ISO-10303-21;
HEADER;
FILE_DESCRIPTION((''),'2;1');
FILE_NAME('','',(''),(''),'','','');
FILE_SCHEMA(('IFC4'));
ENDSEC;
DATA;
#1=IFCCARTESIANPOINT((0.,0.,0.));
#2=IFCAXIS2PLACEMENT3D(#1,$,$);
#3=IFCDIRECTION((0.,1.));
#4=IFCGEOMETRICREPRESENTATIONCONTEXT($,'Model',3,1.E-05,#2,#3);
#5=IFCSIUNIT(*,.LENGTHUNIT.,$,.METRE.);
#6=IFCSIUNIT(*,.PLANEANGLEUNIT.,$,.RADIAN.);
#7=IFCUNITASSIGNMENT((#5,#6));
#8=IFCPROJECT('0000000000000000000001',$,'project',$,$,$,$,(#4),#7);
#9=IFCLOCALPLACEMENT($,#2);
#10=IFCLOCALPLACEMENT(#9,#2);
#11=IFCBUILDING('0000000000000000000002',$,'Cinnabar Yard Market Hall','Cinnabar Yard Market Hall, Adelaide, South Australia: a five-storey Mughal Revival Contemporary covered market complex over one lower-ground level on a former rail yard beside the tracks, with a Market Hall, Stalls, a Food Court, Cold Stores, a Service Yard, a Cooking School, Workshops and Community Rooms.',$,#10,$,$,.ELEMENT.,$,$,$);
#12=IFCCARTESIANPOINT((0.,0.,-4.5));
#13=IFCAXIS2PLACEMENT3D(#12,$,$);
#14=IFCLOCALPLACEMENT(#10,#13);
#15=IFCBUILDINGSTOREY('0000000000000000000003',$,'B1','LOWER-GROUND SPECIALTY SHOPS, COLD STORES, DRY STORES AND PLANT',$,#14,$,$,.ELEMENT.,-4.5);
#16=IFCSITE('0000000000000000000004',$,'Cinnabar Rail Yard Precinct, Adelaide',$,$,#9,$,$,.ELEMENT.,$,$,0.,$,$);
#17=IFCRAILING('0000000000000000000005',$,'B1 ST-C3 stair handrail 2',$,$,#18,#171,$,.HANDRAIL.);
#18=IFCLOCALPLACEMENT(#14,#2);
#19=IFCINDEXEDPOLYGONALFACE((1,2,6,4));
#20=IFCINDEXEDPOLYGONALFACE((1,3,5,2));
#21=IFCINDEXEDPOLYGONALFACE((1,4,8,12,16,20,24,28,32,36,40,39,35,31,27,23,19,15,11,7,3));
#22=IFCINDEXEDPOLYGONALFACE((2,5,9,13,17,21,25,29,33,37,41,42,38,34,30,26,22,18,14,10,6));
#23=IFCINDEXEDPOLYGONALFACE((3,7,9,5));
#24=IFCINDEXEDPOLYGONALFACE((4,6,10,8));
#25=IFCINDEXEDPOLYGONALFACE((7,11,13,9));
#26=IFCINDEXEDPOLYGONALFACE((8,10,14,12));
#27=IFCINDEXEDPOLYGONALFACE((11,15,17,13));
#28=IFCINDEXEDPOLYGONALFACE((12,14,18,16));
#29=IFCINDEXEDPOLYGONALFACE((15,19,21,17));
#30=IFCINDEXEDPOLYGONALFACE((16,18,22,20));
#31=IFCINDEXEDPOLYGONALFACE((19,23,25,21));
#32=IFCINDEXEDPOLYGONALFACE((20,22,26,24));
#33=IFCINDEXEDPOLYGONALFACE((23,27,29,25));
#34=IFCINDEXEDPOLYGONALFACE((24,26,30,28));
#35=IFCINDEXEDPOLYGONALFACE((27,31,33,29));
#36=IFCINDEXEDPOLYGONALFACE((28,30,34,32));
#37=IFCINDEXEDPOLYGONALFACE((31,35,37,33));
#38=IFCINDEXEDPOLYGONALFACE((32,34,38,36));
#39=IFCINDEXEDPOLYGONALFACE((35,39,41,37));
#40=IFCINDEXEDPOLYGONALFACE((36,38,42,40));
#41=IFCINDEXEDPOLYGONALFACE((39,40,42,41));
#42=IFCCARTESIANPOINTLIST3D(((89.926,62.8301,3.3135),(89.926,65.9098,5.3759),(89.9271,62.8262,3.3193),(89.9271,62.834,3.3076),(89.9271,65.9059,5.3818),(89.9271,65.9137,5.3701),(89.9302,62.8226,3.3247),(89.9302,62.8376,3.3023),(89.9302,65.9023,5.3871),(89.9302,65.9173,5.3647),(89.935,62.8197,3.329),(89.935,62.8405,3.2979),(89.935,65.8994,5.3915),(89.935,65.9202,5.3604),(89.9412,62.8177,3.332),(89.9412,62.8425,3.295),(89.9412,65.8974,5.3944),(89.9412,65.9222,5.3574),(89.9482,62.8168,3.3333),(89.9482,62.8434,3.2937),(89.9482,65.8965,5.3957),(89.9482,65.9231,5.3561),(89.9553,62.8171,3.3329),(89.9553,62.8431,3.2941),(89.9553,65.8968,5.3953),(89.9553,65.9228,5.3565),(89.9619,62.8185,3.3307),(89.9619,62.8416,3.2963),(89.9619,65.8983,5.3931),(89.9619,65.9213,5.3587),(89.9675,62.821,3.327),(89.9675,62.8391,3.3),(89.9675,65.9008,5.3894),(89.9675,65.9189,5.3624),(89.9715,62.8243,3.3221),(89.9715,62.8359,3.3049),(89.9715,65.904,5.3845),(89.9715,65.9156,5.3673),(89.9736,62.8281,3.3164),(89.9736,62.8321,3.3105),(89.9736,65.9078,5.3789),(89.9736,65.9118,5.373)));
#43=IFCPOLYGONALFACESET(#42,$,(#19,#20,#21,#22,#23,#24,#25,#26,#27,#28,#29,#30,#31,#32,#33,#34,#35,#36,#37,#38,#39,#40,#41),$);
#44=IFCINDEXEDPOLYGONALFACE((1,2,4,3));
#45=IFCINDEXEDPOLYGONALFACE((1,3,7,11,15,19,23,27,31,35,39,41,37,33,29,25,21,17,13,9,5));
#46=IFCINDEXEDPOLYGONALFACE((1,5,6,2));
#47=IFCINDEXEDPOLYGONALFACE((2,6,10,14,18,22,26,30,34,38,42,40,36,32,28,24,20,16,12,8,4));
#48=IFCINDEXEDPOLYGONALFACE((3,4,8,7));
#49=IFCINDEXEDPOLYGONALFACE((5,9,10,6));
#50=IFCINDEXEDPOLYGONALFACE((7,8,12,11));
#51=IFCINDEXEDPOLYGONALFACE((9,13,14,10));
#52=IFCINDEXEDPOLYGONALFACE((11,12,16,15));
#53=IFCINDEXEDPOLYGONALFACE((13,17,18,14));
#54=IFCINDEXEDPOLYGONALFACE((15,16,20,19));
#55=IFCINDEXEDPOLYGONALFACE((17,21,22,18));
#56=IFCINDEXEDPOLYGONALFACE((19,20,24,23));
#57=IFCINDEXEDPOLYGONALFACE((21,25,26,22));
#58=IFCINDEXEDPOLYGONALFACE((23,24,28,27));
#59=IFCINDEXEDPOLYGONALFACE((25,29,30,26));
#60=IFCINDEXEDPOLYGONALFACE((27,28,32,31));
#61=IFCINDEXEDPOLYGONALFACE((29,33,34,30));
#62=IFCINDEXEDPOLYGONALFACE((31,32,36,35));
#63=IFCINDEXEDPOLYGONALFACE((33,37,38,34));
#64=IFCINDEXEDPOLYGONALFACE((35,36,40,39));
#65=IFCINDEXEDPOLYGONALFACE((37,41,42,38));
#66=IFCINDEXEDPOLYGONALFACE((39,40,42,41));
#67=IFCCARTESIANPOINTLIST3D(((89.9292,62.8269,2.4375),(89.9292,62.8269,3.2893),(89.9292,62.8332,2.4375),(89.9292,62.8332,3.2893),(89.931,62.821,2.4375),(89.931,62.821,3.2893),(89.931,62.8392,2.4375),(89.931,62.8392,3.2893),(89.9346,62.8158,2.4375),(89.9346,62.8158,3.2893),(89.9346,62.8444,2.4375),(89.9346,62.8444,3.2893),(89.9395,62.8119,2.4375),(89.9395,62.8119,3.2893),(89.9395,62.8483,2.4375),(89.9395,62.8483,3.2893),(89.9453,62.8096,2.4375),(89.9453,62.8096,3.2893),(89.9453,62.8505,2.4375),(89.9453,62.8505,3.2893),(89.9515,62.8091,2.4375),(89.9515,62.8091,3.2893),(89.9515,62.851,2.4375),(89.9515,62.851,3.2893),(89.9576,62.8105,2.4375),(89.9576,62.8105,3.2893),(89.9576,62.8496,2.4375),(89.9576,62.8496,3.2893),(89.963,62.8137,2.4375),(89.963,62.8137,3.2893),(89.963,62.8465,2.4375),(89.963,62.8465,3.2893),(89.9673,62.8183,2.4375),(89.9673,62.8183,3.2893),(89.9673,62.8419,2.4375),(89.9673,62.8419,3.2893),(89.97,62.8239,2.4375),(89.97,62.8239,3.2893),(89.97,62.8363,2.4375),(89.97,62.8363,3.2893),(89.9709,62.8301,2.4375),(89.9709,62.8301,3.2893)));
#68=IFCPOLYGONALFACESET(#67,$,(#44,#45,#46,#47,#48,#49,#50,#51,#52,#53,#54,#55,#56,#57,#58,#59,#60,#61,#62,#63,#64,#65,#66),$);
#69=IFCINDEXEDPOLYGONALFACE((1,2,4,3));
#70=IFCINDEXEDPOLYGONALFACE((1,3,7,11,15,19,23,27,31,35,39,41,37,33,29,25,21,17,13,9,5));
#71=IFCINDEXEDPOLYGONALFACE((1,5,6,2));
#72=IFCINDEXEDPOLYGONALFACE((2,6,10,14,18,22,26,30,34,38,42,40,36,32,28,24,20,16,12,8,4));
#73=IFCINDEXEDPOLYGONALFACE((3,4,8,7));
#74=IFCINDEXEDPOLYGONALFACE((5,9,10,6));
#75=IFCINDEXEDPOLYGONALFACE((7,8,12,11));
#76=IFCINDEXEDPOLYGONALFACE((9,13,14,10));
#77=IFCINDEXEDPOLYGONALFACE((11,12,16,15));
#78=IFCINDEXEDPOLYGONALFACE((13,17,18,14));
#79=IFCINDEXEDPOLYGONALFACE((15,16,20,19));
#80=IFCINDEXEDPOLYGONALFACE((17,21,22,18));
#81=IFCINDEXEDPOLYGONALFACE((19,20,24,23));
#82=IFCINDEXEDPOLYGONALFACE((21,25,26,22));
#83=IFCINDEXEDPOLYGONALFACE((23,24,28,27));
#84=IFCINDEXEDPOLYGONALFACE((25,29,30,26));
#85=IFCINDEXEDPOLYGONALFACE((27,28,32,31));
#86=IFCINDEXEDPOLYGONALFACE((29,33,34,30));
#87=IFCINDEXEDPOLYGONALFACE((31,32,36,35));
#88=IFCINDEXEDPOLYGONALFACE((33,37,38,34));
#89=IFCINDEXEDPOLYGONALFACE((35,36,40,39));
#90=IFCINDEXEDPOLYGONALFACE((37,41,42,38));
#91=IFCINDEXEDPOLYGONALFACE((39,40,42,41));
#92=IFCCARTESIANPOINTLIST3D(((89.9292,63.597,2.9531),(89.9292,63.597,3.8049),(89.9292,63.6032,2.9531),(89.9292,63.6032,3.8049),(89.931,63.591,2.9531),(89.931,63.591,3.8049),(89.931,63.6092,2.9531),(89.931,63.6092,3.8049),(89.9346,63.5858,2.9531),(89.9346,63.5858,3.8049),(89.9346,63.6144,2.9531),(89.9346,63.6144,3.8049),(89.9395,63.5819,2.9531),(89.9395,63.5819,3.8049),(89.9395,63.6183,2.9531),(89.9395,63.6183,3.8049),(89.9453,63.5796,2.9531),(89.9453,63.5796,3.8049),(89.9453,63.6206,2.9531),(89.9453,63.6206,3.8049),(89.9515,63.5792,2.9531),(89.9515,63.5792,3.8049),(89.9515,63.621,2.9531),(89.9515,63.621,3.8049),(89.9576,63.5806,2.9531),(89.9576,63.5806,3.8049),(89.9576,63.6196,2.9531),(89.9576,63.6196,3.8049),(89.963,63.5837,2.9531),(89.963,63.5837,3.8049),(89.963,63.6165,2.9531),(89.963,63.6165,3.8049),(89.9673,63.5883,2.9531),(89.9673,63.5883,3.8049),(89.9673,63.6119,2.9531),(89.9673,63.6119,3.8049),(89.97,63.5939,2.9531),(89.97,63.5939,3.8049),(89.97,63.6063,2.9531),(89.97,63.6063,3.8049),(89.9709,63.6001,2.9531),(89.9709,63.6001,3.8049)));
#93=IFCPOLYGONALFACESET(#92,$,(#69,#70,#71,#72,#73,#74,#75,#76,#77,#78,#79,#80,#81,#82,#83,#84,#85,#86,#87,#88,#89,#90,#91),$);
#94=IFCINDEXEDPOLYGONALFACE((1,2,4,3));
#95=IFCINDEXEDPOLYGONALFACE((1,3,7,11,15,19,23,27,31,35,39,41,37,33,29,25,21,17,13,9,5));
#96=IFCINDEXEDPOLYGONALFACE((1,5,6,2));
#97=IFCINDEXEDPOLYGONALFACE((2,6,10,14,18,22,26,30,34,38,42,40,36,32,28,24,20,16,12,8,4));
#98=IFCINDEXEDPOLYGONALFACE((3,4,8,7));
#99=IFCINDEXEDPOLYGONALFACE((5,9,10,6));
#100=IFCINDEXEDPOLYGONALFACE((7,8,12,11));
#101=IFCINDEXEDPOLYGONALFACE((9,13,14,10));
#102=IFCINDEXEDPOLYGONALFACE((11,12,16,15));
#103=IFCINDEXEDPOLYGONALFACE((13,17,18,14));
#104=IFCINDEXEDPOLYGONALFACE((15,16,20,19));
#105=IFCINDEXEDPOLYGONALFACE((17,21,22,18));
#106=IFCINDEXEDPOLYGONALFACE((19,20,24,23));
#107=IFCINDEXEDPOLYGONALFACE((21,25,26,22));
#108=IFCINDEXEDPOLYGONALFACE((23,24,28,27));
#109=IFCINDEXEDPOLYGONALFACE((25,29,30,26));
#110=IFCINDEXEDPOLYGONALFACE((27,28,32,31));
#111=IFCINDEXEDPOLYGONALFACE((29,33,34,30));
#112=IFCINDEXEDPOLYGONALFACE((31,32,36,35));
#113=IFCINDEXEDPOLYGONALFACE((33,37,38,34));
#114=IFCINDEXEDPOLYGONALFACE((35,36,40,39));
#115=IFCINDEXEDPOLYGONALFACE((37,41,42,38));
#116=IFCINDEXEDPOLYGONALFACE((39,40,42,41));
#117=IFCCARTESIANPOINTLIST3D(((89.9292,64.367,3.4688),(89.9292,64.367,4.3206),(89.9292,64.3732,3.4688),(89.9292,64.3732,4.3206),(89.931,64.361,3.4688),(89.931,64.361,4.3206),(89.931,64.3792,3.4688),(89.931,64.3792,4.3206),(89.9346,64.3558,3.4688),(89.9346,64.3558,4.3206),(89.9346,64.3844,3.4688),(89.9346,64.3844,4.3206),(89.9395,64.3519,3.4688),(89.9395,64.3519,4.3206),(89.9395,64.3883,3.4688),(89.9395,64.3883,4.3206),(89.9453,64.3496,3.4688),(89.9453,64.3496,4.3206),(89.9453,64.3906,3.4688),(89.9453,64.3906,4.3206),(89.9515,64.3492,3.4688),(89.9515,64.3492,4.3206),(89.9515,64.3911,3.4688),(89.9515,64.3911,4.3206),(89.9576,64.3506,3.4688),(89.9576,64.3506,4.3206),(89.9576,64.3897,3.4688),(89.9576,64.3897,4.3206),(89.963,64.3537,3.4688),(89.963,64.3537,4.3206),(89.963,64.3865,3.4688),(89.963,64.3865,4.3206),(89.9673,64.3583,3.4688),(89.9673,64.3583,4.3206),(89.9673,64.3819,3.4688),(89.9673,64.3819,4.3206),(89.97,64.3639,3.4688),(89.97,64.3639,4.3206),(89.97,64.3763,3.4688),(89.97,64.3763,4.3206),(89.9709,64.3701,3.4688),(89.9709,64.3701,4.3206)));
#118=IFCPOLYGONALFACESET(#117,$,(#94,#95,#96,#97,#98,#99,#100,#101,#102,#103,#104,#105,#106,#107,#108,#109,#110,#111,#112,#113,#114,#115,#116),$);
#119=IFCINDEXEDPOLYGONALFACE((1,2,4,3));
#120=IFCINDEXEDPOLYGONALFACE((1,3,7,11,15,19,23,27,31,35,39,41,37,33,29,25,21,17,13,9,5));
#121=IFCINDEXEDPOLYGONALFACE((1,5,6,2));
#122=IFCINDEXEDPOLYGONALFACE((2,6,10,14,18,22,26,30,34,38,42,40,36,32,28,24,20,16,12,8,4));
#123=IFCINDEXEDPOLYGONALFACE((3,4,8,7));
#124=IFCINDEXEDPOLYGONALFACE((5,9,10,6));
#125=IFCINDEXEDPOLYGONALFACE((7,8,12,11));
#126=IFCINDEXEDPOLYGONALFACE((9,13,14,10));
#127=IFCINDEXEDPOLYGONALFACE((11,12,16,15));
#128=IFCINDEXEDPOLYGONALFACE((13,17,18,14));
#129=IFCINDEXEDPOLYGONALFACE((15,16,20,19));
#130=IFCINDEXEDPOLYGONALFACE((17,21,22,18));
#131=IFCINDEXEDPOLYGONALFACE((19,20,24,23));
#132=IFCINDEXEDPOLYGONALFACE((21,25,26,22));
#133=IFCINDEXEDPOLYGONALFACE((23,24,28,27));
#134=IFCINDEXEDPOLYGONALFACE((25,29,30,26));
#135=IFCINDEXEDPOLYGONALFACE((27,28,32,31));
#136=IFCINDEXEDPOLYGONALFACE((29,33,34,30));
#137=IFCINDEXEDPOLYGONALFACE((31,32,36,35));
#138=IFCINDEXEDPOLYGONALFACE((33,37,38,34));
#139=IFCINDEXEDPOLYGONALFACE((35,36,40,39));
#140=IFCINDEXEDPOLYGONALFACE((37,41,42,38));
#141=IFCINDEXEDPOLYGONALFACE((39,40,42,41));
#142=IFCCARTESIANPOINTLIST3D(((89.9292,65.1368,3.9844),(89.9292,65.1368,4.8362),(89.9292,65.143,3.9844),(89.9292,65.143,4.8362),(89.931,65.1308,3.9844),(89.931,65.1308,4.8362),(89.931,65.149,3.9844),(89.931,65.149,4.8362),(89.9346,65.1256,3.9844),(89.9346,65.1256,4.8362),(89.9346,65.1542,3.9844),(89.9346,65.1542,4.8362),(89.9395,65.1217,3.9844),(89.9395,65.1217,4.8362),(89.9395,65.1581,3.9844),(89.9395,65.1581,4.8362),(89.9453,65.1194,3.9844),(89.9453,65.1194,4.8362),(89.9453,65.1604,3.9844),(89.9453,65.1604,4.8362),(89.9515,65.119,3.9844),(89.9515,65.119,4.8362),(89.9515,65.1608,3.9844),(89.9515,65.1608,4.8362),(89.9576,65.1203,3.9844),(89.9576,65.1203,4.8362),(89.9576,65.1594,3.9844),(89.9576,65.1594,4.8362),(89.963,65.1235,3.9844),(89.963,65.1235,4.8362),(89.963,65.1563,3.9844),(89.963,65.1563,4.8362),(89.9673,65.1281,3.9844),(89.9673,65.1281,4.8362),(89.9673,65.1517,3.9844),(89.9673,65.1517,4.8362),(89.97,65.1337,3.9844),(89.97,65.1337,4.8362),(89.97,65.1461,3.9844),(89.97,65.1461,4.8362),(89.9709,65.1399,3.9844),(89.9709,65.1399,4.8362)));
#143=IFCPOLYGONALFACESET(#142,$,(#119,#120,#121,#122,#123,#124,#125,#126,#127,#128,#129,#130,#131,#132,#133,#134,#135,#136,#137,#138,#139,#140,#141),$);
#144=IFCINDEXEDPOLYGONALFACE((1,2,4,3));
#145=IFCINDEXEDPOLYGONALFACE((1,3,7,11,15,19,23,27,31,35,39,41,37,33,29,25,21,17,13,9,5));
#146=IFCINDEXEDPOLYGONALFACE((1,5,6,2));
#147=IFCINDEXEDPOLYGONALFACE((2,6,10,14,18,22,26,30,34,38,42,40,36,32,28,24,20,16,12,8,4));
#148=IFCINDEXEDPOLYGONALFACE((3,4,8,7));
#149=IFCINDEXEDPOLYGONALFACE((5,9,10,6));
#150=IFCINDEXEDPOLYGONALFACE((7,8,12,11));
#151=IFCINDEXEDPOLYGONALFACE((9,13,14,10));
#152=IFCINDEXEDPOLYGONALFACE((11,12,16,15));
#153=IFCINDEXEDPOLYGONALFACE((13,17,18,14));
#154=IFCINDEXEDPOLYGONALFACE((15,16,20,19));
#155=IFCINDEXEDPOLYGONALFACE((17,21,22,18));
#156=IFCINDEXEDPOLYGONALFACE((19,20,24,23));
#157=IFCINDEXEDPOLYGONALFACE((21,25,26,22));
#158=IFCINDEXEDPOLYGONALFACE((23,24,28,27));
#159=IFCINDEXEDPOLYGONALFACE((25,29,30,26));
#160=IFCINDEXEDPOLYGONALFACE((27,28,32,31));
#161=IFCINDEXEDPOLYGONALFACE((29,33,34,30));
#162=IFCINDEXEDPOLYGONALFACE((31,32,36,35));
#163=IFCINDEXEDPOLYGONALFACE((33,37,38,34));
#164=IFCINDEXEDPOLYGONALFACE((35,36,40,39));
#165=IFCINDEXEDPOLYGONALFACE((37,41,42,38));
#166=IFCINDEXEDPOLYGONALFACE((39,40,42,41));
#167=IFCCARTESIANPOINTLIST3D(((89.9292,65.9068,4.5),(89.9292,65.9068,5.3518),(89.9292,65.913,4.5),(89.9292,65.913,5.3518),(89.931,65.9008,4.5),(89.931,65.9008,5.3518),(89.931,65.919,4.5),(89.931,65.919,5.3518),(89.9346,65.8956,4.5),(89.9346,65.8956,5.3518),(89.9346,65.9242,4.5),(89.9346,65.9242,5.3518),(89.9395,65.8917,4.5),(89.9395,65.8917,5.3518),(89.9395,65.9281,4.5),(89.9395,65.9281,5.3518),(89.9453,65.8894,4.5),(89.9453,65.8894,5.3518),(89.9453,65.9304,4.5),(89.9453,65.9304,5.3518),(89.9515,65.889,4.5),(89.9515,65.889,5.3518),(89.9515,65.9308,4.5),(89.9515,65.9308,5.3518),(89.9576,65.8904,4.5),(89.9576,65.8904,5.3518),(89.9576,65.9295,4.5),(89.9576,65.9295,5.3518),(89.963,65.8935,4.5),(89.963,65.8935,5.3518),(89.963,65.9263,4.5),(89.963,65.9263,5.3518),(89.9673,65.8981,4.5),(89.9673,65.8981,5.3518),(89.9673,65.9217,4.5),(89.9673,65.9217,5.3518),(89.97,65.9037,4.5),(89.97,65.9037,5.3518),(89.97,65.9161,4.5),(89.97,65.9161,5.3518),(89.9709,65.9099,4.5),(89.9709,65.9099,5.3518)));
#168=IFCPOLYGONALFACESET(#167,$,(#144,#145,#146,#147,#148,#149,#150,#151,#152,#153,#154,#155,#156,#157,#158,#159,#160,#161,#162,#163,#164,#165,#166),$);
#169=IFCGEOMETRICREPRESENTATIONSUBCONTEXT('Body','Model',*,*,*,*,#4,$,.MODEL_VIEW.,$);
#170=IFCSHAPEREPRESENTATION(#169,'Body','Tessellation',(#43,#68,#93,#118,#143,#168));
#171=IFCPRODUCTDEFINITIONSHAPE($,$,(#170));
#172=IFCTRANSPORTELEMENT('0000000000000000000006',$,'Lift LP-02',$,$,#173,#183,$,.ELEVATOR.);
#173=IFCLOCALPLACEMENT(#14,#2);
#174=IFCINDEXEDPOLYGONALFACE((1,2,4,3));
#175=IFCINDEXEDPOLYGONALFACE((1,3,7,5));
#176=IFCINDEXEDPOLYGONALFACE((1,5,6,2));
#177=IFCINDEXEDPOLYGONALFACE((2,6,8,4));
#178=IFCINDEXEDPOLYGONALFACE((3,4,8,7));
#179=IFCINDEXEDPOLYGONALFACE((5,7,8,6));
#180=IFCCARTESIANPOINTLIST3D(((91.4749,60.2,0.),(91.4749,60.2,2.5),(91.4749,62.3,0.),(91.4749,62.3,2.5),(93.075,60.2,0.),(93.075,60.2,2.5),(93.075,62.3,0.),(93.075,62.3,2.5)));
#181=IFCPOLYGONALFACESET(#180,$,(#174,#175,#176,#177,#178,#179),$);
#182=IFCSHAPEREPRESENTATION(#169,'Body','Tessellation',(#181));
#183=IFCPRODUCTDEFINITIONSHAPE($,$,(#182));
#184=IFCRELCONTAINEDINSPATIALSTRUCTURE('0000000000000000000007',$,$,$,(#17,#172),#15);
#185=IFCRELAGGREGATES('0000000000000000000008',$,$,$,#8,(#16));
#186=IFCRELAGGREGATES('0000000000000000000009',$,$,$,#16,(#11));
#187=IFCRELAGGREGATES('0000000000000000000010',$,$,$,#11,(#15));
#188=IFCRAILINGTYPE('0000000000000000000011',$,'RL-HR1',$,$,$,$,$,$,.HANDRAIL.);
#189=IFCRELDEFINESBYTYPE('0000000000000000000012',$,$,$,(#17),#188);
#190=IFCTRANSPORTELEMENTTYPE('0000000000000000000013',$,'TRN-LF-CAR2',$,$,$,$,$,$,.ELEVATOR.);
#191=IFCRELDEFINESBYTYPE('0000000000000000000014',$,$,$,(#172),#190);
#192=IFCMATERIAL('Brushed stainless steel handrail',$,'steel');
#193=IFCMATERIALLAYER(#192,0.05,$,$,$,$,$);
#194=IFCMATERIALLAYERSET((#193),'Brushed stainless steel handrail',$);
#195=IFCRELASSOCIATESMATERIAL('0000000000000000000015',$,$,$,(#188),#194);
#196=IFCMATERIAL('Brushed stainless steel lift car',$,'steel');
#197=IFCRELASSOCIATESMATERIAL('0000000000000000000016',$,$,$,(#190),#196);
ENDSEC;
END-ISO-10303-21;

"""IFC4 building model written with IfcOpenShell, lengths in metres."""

from ifc_helpers import new_model, si_unit, direction, frame, origin, origin_2d_with_axis, place, context, subcontext, project, spatial, rectangle, circle, extrude, material, layer, layer_set, type_object, element, save


model = new_model("IFC4")

# Units and contexts
model_context = context("Model", 3, precision=1e-05, world=origin(), true_north=direction((0.0, 1.0)))
body_context = subcontext(model_context, "Body", "Model", "MODEL_VIEW")
ifc_project = project(units=[si_unit("LENGTHUNIT", "METRE"), si_unit("PLANEANGLEUNIT", "RADIAN")], contexts=[model_context])

# Site, building, storey
site_placement = place(None, origin())
site = spatial("IfcSite", under=ifc_project, at=site_placement, Name="Cinnabar Rail Yard Precinct, Adelaide", CompositionType="ELEMENT", RefElevation=0.0)
building_placement = place(site_placement, origin())
building = spatial("IfcBuilding", under=site, at=building_placement, Name="Cinnabar Yard Market Hall", Description="Cinnabar Yard Market Hall, Adelaide, South Australia: a five-storey Mughal Revival Contemporary covered market complex over one lower-ground level on a former rail yard beside the tracks, with a Market Hall, Stalls, a Food Court, Cold Stores, a Service Yard, a Cooking School, Workshops and Community Rooms.", CompositionType="ELEMENT")
storey_placement = place(building_placement, frame((0.0, 0.0, -4.5)))
storey = spatial("IfcBuildingStorey", under=building, at=storey_placement, Name="B1", Description="LOWER-GROUND SPECIALTY SHOPS, COLD STORES, DRY STORES AND PLANT", CompositionType="ELEMENT", Elevation=-4.5)

# Railing
ifc_material_1 = material(Name="Brushed stainless steel handrail", Category="steel")
ifc_layer_1 = layer(ifc_material_1, 0.05)
ifc_layer_set_1 = layer_set([ifc_layer_1], Name="Brushed stainless steel handrail")
railing_type_1 = type_object("IfcRailingType", Name="RL-HR1", PredefinedType="HANDRAIL", material=ifc_layer_set_1)
railing_1_placement = place(storey_placement, frame((89.95, 62.8301, 2.4375)))
element("IfcRailing", 1, at=railing_1_placement, inside=storey, type_object=railing_type_1, Name="B1 ST-C3 stair handrail 2", PredefinedType="HANDRAIL", context=body_context, shape_type="SweptSolid", body=[
    extrude(circle(Radius=0.0239, at=origin_2d_with_axis()), frame((0.0, 0.0, 0.876), z_axis=(0.0, 0.830893, 0.556432), x_axis=(-1.0, 0.0, 0.0)), (0.0, 0.0, 1.0), 3.7065),
    extrude(circle(Radius=0.021, at=origin_2d_with_axis()), origin(), (0.0, 0.0, 1.0), 0.8518),
    extrude(circle(Radius=0.021, at=origin_2d_with_axis()), frame((0.0, 0.77, 0.5156)), (0.0, 0.0, 1.0), 0.8518),
    extrude(circle(Radius=0.021, at=origin_2d_with_axis()), frame((0.0, 1.54, 1.0312)), (0.0, 0.0, 1.0), 0.8518),
    extrude(circle(Radius=0.021, at=origin_2d_with_axis()), frame((0.0, 2.3098, 1.5469)), (0.0, 0.0, 1.0), 0.8518),
    extrude(circle(Radius=0.021, at=origin_2d_with_axis()), frame((0.0, 3.0798, 2.0625)), (0.0, 0.0, 1.0), 0.8518),
])

# Transport element
ifc_material_2 = material(Name="Brushed stainless steel lift car", Category="steel")
transport_element_type = type_object("IfcTransportElementType", Name="TRN-LF-CAR2", PredefinedType="ELEVATOR", material=ifc_material_2)
transport_element_placement = place(storey_placement, frame((92.2749, 61.25, 0.0), z_axis=(0.0, 0.0, 1.0), x_axis=(1.0, 0.0, 0.0)))
element("IfcTransportElement", 2, at=transport_element_placement, inside=storey, type_object=transport_element_type, Name="Lift LP-02", PredefinedType="ELEVATOR", context=body_context, shape_type="SweptSolid", body=[
    extrude(rectangle(XDim=1.6001, YDim=2.1001, at=origin_2d_with_axis()), origin(), (0.0, 0.0, 1.0), 2.5),
])

save(model, "model.ifc")
